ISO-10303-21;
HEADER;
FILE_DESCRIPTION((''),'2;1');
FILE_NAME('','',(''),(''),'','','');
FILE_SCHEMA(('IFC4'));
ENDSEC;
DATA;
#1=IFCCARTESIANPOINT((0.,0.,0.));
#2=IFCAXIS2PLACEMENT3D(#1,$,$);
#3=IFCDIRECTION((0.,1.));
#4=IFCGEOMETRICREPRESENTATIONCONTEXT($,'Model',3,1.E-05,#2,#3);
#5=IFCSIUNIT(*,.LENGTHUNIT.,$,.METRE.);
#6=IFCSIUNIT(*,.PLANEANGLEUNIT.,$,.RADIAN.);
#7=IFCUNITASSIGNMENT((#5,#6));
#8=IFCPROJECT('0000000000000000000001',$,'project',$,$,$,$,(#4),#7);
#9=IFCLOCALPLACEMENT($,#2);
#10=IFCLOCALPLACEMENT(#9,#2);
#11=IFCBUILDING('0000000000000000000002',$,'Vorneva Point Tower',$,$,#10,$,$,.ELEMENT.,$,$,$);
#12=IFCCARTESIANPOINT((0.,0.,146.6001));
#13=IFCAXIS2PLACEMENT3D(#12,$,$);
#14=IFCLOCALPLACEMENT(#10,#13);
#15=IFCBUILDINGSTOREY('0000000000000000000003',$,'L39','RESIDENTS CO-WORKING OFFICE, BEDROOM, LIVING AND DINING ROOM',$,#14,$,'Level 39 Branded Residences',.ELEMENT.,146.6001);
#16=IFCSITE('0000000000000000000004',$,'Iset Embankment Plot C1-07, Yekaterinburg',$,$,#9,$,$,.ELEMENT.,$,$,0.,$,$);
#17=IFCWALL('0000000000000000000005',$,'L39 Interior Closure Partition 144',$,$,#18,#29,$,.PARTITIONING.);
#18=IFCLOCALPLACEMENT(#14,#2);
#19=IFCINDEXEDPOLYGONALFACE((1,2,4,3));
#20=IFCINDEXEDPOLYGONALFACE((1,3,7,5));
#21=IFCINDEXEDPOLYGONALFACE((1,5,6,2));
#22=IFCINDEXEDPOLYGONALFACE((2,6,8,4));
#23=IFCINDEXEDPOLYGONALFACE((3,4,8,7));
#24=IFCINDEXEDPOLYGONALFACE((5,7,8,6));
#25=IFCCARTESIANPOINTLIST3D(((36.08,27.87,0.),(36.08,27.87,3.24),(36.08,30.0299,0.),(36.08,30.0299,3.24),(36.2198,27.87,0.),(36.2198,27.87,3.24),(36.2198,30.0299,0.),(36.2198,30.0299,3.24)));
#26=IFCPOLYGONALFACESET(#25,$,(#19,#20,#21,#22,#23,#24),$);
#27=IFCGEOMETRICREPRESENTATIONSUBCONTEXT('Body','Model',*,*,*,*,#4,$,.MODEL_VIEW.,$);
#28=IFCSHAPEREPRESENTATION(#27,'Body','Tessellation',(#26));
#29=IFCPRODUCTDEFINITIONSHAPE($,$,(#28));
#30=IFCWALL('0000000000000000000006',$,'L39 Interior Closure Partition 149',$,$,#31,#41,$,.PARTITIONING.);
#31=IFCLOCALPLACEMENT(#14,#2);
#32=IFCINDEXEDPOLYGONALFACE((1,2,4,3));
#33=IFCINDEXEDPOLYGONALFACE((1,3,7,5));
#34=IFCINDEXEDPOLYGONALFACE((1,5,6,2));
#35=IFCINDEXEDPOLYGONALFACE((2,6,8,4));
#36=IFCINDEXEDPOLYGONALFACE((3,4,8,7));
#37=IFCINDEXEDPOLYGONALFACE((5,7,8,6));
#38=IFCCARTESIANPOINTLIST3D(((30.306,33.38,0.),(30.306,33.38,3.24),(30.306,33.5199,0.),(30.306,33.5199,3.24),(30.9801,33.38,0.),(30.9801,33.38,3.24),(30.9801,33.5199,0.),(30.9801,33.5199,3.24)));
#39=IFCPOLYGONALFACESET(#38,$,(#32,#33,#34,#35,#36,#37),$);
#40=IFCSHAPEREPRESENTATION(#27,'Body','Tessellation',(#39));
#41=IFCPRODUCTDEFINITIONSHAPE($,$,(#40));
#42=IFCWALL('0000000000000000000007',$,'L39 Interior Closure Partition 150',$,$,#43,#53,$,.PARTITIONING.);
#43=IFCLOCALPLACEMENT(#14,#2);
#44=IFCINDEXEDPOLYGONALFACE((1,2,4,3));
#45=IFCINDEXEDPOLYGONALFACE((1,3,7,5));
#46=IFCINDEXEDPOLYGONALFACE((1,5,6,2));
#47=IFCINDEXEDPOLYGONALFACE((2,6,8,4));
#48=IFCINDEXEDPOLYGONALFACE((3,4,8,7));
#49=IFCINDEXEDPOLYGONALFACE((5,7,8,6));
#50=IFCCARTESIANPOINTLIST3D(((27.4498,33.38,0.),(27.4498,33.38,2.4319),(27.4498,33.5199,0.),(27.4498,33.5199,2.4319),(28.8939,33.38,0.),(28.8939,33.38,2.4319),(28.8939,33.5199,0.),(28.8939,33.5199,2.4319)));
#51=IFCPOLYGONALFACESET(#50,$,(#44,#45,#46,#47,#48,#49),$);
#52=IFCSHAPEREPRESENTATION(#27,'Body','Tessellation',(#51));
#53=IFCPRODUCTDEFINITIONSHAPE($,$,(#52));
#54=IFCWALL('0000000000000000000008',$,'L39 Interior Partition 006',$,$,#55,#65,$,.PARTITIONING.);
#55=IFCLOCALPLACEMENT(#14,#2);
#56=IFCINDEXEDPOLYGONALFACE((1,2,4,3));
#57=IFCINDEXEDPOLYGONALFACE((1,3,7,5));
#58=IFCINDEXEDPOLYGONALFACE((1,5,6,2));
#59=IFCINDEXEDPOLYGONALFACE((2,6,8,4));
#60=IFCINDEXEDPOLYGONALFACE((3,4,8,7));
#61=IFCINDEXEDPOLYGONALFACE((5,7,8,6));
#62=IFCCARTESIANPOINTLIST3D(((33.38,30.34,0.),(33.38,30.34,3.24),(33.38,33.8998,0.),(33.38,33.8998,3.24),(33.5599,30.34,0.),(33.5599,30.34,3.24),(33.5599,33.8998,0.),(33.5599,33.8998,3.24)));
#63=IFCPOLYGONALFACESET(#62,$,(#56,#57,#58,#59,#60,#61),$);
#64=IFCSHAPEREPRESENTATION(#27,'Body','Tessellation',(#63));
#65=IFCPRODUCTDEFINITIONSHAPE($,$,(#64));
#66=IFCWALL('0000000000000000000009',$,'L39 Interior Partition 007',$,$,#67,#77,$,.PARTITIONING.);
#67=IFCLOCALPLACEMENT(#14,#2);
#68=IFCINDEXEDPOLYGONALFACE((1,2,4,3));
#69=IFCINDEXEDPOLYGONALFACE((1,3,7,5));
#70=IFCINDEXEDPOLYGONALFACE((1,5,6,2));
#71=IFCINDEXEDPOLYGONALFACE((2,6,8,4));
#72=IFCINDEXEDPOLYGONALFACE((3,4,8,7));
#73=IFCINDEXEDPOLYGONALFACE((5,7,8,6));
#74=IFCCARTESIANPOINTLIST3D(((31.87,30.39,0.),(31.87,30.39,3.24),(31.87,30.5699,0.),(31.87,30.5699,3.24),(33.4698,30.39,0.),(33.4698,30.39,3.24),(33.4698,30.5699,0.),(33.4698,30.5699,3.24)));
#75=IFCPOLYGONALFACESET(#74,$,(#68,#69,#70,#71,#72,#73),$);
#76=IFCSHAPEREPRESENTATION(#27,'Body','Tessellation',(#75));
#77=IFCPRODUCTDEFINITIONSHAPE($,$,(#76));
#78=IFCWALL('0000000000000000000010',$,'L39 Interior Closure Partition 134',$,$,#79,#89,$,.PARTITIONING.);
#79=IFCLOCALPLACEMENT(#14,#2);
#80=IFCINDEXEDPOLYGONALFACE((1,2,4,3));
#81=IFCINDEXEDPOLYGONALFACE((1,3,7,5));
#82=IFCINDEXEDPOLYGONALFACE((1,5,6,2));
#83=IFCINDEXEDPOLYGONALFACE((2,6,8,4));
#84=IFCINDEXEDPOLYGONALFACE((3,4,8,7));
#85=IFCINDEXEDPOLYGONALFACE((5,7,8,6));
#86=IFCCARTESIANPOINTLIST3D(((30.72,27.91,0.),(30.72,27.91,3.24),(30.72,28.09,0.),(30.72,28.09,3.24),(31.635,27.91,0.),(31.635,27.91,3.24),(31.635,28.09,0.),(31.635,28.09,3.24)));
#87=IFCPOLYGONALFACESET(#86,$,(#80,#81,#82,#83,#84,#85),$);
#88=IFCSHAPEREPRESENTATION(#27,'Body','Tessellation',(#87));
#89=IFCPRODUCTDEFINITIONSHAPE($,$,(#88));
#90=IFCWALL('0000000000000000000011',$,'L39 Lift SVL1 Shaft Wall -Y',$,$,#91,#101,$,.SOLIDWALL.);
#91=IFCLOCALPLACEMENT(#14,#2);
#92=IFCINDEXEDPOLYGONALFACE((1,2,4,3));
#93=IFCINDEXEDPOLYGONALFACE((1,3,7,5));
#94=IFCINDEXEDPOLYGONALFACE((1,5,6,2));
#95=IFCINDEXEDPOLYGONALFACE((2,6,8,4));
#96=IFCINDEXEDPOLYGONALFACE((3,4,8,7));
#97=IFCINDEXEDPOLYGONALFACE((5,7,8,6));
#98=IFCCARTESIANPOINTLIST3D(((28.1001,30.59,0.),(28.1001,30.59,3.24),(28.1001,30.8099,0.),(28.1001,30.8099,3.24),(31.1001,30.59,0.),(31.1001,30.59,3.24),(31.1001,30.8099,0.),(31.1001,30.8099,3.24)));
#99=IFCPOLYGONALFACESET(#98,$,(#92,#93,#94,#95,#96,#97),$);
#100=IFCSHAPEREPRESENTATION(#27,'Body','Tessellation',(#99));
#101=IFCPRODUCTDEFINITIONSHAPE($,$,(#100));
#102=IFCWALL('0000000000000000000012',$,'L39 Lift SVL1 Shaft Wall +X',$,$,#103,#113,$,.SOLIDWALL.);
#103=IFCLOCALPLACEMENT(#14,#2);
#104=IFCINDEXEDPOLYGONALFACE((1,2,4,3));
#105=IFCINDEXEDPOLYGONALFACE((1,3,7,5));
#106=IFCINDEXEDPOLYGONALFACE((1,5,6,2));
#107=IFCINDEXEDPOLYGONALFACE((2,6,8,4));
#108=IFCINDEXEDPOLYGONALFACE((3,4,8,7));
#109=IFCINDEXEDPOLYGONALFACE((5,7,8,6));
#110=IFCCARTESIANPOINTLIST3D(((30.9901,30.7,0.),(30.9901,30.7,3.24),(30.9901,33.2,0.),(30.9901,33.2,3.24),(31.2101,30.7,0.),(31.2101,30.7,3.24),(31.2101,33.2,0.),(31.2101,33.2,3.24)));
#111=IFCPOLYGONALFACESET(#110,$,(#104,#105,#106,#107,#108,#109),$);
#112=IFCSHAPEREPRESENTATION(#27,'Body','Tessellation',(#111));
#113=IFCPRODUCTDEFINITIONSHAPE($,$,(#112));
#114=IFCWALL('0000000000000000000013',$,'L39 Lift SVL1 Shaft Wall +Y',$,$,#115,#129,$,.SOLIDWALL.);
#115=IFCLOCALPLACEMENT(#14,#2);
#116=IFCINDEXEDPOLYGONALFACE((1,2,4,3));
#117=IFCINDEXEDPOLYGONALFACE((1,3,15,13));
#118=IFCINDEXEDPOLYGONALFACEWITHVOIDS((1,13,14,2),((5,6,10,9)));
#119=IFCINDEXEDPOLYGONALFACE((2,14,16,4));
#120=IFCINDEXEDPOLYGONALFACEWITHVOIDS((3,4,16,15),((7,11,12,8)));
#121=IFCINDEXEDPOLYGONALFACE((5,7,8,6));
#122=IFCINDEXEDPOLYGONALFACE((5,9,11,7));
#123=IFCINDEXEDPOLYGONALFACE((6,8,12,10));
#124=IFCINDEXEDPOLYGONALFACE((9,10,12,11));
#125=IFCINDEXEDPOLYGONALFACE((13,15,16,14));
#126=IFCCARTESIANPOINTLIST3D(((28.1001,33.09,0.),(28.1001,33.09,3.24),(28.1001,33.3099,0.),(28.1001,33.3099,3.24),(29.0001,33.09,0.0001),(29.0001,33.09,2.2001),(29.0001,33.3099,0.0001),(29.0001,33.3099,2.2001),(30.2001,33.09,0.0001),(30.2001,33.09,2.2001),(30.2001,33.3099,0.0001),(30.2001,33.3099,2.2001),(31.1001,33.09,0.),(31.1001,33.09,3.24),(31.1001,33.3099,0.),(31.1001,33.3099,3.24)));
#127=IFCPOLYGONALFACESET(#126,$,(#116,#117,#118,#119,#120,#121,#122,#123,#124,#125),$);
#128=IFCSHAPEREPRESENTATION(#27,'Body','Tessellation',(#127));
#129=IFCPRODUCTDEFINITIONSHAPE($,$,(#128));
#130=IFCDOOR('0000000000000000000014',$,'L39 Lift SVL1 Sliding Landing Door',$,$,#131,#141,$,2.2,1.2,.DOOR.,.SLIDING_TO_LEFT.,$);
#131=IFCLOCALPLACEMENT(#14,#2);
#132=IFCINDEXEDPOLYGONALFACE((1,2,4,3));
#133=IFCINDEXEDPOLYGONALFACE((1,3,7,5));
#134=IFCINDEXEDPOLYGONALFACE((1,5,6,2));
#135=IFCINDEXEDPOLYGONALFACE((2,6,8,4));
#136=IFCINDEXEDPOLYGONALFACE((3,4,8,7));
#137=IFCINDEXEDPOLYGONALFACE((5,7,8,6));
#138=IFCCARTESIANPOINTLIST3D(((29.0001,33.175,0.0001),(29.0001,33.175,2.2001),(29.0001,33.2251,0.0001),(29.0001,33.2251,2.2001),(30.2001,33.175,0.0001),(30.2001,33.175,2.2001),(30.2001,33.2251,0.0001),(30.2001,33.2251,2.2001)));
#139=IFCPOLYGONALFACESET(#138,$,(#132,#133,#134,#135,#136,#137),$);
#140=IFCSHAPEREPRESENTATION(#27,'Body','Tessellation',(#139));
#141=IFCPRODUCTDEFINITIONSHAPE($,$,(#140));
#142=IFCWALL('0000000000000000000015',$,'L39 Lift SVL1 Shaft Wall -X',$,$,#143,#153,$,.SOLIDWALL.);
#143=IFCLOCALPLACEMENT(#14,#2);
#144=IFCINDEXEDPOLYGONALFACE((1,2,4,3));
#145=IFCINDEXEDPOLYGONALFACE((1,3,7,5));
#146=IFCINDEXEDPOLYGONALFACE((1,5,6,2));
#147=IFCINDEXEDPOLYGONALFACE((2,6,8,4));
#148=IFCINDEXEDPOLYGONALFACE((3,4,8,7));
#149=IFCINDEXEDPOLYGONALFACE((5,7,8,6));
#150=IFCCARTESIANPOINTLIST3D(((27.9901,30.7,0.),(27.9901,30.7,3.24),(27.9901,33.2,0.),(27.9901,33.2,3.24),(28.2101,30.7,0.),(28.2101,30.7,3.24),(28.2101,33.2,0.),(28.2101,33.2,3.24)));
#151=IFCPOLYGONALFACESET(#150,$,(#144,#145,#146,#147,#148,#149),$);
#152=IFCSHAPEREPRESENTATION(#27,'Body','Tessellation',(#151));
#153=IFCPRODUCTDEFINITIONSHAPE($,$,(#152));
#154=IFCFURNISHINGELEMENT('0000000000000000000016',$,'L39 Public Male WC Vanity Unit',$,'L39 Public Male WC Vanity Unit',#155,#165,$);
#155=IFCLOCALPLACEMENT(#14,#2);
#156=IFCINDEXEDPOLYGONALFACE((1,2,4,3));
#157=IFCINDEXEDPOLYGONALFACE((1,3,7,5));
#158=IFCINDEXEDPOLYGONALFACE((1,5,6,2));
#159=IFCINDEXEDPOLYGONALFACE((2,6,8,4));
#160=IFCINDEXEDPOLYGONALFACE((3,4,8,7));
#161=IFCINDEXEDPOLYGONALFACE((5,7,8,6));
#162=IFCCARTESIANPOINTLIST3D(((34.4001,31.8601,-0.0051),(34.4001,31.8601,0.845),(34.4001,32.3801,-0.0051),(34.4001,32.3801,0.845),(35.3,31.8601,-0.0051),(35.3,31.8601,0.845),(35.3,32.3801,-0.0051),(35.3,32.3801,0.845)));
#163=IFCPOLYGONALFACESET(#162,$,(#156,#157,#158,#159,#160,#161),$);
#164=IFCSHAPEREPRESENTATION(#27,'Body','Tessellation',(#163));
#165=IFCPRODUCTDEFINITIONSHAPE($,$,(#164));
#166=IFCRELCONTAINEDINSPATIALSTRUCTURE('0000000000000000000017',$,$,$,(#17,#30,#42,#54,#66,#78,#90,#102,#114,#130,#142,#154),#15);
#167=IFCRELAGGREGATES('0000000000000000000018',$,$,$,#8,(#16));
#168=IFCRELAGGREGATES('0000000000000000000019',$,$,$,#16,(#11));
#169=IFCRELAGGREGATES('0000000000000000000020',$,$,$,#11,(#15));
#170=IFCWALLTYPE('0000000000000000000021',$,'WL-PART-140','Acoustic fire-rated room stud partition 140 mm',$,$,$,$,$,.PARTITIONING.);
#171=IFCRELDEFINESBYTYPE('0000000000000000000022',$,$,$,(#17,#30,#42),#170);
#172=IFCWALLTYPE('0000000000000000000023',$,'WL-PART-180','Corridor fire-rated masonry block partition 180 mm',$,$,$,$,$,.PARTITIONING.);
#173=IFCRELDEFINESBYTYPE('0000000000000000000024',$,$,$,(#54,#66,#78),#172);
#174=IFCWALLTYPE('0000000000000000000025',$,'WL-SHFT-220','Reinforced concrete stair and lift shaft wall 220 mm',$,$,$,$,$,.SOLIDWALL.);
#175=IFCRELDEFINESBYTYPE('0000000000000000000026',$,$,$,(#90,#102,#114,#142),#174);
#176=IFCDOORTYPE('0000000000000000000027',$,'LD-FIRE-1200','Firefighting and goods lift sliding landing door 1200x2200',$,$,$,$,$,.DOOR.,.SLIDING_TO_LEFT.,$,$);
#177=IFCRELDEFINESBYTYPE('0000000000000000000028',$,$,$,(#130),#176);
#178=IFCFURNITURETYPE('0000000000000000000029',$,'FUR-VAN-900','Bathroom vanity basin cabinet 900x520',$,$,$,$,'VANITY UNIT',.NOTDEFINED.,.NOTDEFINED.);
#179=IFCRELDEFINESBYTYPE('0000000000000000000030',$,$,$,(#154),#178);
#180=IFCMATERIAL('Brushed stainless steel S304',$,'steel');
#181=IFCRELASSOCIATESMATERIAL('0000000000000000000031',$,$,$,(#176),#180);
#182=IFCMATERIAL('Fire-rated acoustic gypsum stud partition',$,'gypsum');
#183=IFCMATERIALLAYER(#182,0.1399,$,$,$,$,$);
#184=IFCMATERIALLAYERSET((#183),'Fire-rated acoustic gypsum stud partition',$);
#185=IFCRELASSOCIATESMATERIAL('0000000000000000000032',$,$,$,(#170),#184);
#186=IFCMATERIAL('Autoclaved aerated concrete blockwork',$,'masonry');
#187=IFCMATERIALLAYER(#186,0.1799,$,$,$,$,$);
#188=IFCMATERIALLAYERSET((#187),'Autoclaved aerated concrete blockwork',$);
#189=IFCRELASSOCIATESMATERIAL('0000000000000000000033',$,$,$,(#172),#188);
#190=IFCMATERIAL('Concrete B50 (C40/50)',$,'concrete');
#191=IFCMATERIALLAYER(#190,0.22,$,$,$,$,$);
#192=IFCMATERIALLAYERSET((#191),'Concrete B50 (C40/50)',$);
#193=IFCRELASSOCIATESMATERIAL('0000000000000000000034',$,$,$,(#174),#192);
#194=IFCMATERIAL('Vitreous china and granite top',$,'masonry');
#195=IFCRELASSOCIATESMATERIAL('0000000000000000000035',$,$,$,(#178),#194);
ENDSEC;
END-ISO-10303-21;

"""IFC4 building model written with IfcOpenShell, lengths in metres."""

from ifc_helpers import new_model, si_unit, direction, frame, frame_2d, origin, origin_2d, place, context, subcontext, project, spatial, rectangle, extrude, material, layer, layer_set, type_object, element, fill, save


model = new_model("IFC4")

# Units and contexts
model_context = context("Model", 3, precision=1e-05, world=origin(), true_north=direction((0.0, 1.0)))
body_context = subcontext(model_context, "Body", "Model", "MODEL_VIEW")
ifc_project = project(units=[si_unit("LENGTHUNIT", "METRE"), si_unit("PLANEANGLEUNIT", "RADIAN")], contexts=[model_context])

# Site, building, storey
site_placement = place(None, origin())
site = spatial("IfcSite", under=ifc_project, at=site_placement, Name="Iset Embankment Plot C1-07, Yekaterinburg", CompositionType="ELEMENT", RefElevation=0.0)
building_placement = place(site_placement, origin())
building = spatial("IfcBuilding", under=site, at=building_placement, Name="Vorneva Point Tower", CompositionType="ELEMENT")
storey_placement = place(building_placement, frame((0.0, 0.0, 146.6001)))
storey = spatial("IfcBuildingStorey", under=building, at=storey_placement, Name="L39", Description="RESIDENTS CO-WORKING OFFICE, BEDROOM, LIVING AND DINING ROOM", LongName="Level 39 Branded Residences", CompositionType="ELEMENT", Elevation=146.6001)

# Shared definitions
ifc_material_1 = material(Name="Brushed stainless steel S304", Category="steel")
door_type_1 = type_object("IfcDoorType", Name="LD-FIRE-1200", Description="Firefighting and goods lift sliding landing door 1200x2200", OperationType="SLIDING_TO_LEFT", PredefinedType="DOOR", material=ifc_material_1)

# Walls
ifc_material_2 = material(Name="Fire-rated acoustic gypsum stud partition", Category="gypsum")
ifc_layer_1 = layer(ifc_material_2, 0.1399)
ifc_layer_set_1 = layer_set([ifc_layer_1], Name="Fire-rated acoustic gypsum stud partition")
wall_type_1 = type_object("IfcWallType", Name="WL-PART-140", Description="Acoustic fire-rated room stud partition 140 mm", PredefinedType="PARTITIONING", material=ifc_layer_set_1)
wall_1_placement = place(storey_placement, frame((36.1499, 30.03, 0.0), z_axis=(0.0, 0.0, 1.0), x_axis=(0.0, -1.0, 0.0)))
element("IfcWall", 1, at=wall_1_placement, inside=storey, type_object=wall_type_1, Name="L39 Interior Closure Partition 144", PredefinedType="PARTITIONING", context=body_context, shape_type="SweptSolid", body=[
    extrude(rectangle(XDim=2.1599, YDim=0.1399, at=frame_2d((1.0801, 0.0))), origin(), (0.0, 0.0, 1.0), 3.24),
])
wall_2_placement = place(storey_placement, frame((30.98, 33.45, 0.0), z_axis=(0.0, 0.0, 1.0), x_axis=(-1.0, 0.0, 0.0)))
element("IfcWall", 2, at=wall_2_placement, inside=storey, type_object=wall_type_1, Name="L39 Interior Closure Partition 149", PredefinedType="PARTITIONING", context=body_context, shape_type="SweptSolid", body=[
    extrude(rectangle(XDim=0.6741, YDim=0.1399, at=frame_2d((0.3369, 0.0))), origin(), (0.0, 0.0, 1.0), 3.24),
])
wall_3_placement = place(storey_placement, frame((28.894, 33.45, 0.0), z_axis=(0.0, 0.0, 1.0), x_axis=(-1.0, 0.0, 0.0)))
element("IfcWall", 3, at=wall_3_placement, inside=storey, type_object=wall_type_1, Name="L39 Interior Closure Partition 150", PredefinedType="PARTITIONING", context=body_context, shape_type="SweptSolid", body=[
    extrude(rectangle(XDim=1.4441, YDim=0.1399, at=frame_2d((0.7222, 0.0))), origin(), (0.0, 0.0, 1.0), 2.4319),
])

# Shared definitions
ifc_material_3 = material(Name="Autoclaved aerated concrete blockwork", Category="masonry")
ifc_layer_2 = layer(ifc_material_3, 0.1799)
ifc_layer_set_2 = layer_set([ifc_layer_2], Name="Autoclaved aerated concrete blockwork")
wall_type_2 = type_object("IfcWallType", Name="WL-PART-180", Description="Corridor fire-rated masonry block partition 180 mm", PredefinedType="PARTITIONING", material=ifc_layer_set_2)

# Walls
wall_4_placement = place(storey_placement, frame((33.47, 30.3401, 0.0), z_axis=(0.0, 0.0, 1.0), x_axis=(0.0, 1.0, 0.0)))
element("IfcWall", 4, at=wall_4_placement, inside=storey, type_object=wall_type_2, Name="L39 Interior Partition 006", PredefinedType="PARTITIONING", context=body_context, shape_type="SweptSolid", body=[
    extrude(rectangle(XDim=3.5598, YDim=0.1799, at=frame_2d((1.7798, 0.0))), origin(), (0.0, 0.0, 1.0), 3.24),
])
wall_5_placement = place(storey_placement, frame((31.8701, 30.48, 0.0), z_axis=(0.0, 0.0, 1.0), x_axis=(1.0, 0.0, 0.0)))
element("IfcWall", 5, at=wall_5_placement, inside=storey, type_object=wall_type_2, Name="L39 Interior Partition 007", PredefinedType="PARTITIONING", context=body_context, shape_type="SweptSolid", body=[
    extrude(rectangle(XDim=1.5999, YDim=0.1799, at=frame_2d((0.7998, 0.0))), origin(), (0.0, 0.0, 1.0), 3.24),
])

# Walls
wall_6_placement = place(storey_placement, frame((31.635, 28.0, 0.0), z_axis=(0.0, 0.0, 1.0), x_axis=(-1.0, 0.0, 0.0)))
element("IfcWall", 6, at=wall_6_placement, inside=storey, type_object=wall_type_2, Name="L39 Interior Closure Partition 134", PredefinedType="PARTITIONING", context=body_context, shape_type="SweptSolid", body=[
    extrude(rectangle(XDim=0.915, YDim=0.1799, at=frame_2d((0.4575, 0.0))), origin(), (0.0, 0.0, 1.0), 3.24),
])
ifc_material_4 = material(Name="Concrete B50 (C40/50)", Category="concrete")
ifc_layer_3 = layer(ifc_material_4, 0.22)
ifc_layer_set_3 = layer_set([ifc_layer_3], Name="Concrete B50 (C40/50)")
wall_type_3 = type_object("IfcWallType", Name="WL-SHFT-220", Description="Reinforced concrete stair and lift shaft wall 220 mm", PredefinedType="SOLIDWALL", material=ifc_layer_set_3)
wall_7_placement = place(storey_placement, frame((28.1001, 30.7, 0.0), z_axis=(0.0, 0.0, 1.0), x_axis=(1.0, 0.0, 0.0)))
element("IfcWall", 7, at=wall_7_placement, inside=storey, type_object=wall_type_3, Name="L39 Lift SVL1 Shaft Wall -Y", PredefinedType="SOLIDWALL", context=body_context, shape_type="SweptSolid", body=[
    extrude(rectangle(XDim=3.0, YDim=0.22, at=frame_2d((1.5, 0.0))), origin(), (0.0, 0.0, 1.0), 3.24),
])
wall_8_placement = place(storey_placement, frame((31.1001, 30.7, 0.0), z_axis=(0.0, 0.0, 1.0), x_axis=(0.0, 1.0, 0.0)))
element("IfcWall", 8, at=wall_8_placement, inside=storey, type_object=wall_type_3, Name="L39 Lift SVL1 Shaft Wall +X", PredefinedType="SOLIDWALL", context=body_context, shape_type="SweptSolid", body=[
    extrude(rectangle(XDim=2.5, YDim=0.22, at=frame_2d((1.25, 0.0))), origin(), (0.0, 0.0, 1.0), 3.24),
])

# Wall, opening, door
wall_9_placement = place(storey_placement, frame((31.1001, 33.2, 0.0), z_axis=(0.0, 0.0, 1.0), x_axis=(-1.0, 0.0, 0.0)))
wall_9 = element("IfcWall", 9, at=wall_9_placement, inside=storey, type_object=wall_type_3, Name="L39 Lift SVL1 Shaft Wall +Y", PredefinedType="SOLIDWALL", context=body_context, shape_type="SweptSolid", body=[
    extrude(rectangle(XDim=3.0, YDim=0.22, at=frame_2d((1.5, 0.0))), origin(), (0.0, 0.0, 1.0), 3.24),
])
opening_1_placement = place(wall_9_placement, frame((0.8999, 0.0, 0.0)))
opening_1 = element("IfcOpeningElement", 10, at=opening_1_placement, cuts=wall_9, PredefinedType="OPENING", context=body_context, shape_type="SweptSolid", body=[
    extrude(rectangle(XDim=1.2, YDim=2.2, at=frame_2d((0.6001, 1.1001))), frame((0.0, 0.125, 0.0), z_axis=(0.0, -1.0, 0.0), x_axis=(1.0, 0.0, 0.0)), (0.0, 0.0, 1.0), 0.2498),
])
door_1_placement = place(opening_1_placement, origin())
door_1 = element("IfcDoor", 11, at=door_1_placement, inside=storey, type_object=door_type_1, Name="L39 Lift SVL1 Sliding Landing Door", OperationType="SLIDING_TO_LEFT", OverallHeight=2.2, OverallWidth=1.2, PredefinedType="DOOR", context=body_context, shape_type="SweptSolid", body=[
    extrude(rectangle(XDim=1.2, YDim=2.2, at=frame_2d((0.6001, 1.1001))), frame((0.0, 0.0249, 0.0), z_axis=(0.0, -1.0, 0.0), x_axis=(1.0, 0.0, 0.0)), (0.0, 0.0, 1.0), 0.05),
])
fill(opening_1, door_1)

# Wall
wall_10_placement = place(storey_placement, frame((28.1001, 33.2, 0.0), z_axis=(0.0, 0.0, 1.0), x_axis=(0.0, -1.0, 0.0)))
element("IfcWall", 12, at=wall_10_placement, inside=storey, type_object=wall_type_3, Name="L39 Lift SVL1 Shaft Wall -X", PredefinedType="SOLIDWALL", context=body_context, shape_type="SweptSolid", body=[
    extrude(rectangle(XDim=2.5, YDim=0.22, at=frame_2d((1.25, 0.0))), origin(), (0.0, 0.0, 1.0), 3.24),
])

# Furnishing element
ifc_material_5 = material(Name="Vitreous china and granite top", Category="masonry")
furniture_type = type_object("IfcFurnitureType", Name="FUR-VAN-900", Description="Bathroom vanity basin cabinet 900x520", ElementType="VANITY UNIT", AssemblyPlace="NOTDEFINED", PredefinedType="NOTDEFINED", material=ifc_material_5)
furnishing_placement = place(storey_placement, frame((34.8501, 32.1201, -0.0051), z_axis=(0.0, 0.0, 1.0), x_axis=(1.0, 0.0, 0.0)))
element("IfcFurnishingElement", 13, at=furnishing_placement, inside=storey, type_object=furniture_type, Name="L39 Public Male WC Vanity Unit", ObjectType="L39 Public Male WC Vanity Unit", context=body_context, shape_type="SweptSolid", body=[
    extrude(rectangle(XDim=0.8999, YDim=0.52, at=origin_2d()), origin(), (0.0, 0.0, 1.0), 0.8501),
])

save(model, "model.ifc")
